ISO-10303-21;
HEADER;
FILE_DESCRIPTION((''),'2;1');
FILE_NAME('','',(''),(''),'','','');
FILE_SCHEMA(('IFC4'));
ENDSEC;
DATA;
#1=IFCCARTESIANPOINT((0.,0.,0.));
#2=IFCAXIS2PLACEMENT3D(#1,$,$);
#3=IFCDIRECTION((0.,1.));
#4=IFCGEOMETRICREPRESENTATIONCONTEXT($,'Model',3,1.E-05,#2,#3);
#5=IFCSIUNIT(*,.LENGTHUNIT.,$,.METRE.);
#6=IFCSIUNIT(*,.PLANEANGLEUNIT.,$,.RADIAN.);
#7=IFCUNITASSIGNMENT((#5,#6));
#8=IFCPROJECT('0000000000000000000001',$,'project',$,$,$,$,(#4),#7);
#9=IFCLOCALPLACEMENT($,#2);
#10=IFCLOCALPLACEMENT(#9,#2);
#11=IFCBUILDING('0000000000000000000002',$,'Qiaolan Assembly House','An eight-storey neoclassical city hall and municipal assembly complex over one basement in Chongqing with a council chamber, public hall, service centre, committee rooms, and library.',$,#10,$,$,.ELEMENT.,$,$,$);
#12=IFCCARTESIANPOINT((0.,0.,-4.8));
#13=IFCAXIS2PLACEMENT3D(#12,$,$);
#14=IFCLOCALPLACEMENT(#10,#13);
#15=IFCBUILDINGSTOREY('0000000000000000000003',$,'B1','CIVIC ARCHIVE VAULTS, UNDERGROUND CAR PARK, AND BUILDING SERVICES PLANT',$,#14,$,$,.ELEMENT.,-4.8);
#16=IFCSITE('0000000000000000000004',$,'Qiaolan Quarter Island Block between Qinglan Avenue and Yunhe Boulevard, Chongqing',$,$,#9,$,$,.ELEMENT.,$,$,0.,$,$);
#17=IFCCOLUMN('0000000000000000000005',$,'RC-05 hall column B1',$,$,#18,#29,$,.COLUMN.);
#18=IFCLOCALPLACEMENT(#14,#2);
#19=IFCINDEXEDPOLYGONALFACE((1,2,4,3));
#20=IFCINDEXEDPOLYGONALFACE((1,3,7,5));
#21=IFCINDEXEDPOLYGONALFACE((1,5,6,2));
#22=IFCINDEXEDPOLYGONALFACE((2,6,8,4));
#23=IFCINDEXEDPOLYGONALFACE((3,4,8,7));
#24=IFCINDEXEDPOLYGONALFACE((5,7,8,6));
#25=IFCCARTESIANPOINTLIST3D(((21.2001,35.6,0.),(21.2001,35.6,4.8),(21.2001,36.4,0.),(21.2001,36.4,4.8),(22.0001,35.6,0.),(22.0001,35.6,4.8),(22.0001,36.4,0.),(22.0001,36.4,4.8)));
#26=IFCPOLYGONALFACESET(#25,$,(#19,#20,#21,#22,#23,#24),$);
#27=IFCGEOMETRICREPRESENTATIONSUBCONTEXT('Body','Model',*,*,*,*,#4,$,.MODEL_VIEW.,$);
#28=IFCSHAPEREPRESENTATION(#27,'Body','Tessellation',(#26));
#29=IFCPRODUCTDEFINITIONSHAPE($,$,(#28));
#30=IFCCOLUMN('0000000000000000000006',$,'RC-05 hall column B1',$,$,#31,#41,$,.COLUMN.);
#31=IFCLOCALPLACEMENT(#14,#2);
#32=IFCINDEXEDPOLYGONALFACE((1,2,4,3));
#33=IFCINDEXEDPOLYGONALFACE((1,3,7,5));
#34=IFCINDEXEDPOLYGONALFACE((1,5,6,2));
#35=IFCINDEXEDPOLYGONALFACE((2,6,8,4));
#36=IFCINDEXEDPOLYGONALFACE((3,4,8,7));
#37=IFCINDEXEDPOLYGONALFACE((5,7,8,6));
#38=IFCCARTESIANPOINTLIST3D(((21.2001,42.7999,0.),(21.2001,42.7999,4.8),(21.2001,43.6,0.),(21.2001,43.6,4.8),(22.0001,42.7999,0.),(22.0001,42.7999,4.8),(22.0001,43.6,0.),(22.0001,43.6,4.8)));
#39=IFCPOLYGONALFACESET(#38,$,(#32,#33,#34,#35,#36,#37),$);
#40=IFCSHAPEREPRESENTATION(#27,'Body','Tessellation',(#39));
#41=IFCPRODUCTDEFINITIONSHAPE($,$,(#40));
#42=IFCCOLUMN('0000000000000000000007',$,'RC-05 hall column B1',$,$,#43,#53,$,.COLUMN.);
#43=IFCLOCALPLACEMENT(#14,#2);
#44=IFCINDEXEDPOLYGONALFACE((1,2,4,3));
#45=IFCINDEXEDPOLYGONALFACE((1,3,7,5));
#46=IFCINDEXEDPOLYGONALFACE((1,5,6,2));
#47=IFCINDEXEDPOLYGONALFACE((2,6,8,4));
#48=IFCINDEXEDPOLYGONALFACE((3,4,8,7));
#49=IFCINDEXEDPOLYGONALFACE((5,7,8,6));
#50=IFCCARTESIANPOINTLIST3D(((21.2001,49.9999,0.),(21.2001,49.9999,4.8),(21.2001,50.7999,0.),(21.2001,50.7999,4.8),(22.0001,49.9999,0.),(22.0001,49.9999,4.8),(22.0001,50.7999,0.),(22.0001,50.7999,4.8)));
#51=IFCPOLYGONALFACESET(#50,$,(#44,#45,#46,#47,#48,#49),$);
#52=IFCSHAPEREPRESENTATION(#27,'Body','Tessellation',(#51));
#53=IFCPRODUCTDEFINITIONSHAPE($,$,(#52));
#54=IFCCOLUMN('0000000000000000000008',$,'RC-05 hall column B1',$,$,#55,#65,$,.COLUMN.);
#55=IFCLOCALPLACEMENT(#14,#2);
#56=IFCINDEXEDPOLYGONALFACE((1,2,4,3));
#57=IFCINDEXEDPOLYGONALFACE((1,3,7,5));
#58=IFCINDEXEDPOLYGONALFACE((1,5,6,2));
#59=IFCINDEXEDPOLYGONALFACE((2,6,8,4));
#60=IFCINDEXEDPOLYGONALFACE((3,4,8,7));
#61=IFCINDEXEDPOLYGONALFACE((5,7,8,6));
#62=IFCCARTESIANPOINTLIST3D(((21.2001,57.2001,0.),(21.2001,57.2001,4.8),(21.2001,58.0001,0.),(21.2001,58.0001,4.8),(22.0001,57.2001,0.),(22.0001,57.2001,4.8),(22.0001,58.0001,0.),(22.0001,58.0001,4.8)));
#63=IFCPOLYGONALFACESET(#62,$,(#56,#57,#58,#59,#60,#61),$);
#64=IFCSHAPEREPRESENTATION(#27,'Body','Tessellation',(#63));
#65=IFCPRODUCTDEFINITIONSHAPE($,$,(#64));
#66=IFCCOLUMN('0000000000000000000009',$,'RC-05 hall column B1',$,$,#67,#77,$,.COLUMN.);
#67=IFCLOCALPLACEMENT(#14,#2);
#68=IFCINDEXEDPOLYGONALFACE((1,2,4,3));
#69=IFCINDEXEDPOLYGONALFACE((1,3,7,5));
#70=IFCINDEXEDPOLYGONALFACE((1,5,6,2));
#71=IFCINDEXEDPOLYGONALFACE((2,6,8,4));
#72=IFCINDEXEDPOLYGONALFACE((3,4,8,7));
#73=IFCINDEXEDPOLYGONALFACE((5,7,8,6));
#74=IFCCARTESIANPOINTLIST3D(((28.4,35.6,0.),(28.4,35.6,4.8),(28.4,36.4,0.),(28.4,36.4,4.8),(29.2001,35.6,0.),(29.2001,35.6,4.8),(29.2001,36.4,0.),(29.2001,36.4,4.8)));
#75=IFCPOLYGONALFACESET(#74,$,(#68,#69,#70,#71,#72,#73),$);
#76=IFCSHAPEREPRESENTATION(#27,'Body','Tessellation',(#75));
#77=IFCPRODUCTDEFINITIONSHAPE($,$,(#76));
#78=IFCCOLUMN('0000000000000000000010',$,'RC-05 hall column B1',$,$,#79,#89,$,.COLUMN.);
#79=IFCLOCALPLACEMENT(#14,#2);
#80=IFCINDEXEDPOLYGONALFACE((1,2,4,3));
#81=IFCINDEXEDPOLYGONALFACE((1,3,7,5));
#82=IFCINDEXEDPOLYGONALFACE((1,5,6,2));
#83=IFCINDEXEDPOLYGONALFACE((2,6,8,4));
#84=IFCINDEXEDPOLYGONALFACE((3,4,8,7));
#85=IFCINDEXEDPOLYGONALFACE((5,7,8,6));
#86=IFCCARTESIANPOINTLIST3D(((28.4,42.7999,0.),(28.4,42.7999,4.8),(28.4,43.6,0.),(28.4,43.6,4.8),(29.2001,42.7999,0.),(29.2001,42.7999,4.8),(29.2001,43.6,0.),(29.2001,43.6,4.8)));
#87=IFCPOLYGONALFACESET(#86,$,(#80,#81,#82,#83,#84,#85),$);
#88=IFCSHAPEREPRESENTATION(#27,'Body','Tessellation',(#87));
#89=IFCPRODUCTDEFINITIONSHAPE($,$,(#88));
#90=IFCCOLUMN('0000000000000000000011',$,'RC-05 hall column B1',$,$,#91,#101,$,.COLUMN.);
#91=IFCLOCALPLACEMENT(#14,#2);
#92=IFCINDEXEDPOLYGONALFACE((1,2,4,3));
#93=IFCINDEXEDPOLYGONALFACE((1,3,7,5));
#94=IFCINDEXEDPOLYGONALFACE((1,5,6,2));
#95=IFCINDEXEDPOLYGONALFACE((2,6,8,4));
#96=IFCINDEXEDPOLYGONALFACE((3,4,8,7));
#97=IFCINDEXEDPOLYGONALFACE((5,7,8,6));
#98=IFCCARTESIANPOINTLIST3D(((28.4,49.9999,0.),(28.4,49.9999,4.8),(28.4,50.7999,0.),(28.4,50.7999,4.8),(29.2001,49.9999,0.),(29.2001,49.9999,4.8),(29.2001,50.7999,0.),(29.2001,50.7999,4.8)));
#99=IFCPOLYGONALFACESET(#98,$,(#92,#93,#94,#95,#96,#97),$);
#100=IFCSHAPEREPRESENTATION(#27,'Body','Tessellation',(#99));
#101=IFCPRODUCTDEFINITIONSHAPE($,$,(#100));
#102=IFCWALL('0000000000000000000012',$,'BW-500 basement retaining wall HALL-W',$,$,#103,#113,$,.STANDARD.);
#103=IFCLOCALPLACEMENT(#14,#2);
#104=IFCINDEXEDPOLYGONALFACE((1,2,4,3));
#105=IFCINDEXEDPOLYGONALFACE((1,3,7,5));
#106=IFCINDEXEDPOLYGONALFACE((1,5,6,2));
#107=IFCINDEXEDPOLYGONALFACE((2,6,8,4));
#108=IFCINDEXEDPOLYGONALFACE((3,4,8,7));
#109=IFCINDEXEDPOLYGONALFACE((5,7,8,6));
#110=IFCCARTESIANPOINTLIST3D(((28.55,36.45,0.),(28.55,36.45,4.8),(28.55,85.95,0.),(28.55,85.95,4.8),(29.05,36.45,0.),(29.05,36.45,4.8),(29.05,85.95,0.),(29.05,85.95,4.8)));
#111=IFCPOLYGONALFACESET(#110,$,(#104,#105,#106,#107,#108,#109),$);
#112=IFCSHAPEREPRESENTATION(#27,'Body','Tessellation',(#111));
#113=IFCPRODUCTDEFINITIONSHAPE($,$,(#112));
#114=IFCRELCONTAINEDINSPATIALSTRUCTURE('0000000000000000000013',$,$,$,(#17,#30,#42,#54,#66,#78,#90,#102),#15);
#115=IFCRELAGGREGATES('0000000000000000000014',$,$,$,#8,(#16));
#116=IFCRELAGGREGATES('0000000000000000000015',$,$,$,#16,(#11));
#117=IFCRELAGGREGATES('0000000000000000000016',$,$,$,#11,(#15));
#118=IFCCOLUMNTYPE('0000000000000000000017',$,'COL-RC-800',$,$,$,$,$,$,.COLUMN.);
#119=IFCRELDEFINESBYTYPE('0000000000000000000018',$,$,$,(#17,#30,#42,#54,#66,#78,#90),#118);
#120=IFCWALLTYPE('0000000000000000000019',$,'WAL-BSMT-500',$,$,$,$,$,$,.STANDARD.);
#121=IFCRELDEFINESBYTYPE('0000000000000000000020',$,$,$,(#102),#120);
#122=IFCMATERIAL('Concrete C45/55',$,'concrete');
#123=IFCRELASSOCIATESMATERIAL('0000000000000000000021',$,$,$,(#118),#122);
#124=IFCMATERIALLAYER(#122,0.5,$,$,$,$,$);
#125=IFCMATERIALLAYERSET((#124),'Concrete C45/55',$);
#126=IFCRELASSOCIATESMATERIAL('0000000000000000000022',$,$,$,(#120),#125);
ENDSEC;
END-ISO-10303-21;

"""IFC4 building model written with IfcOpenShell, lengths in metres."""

from ifc_helpers import new_model, si_unit, direction, frame, frame_2d, origin, origin_2d, place, context, subcontext, project, spatial, rectangle, extrude, material, layer, layer_set, material_profile, profile_set, type_object, element, save


model = new_model("IFC4")

# Units and contexts
model_context = context("Model", 3, precision=1e-05, world=origin(), true_north=direction((0.0, 1.0)))
body_context = subcontext(model_context, "Body", "Model", "MODEL_VIEW")
ifc_project = project(units=[si_unit("LENGTHUNIT", "METRE"), si_unit("PLANEANGLEUNIT", "RADIAN")], contexts=[model_context])

# Site, building, storey
site_placement = place(None, origin())
site = spatial("IfcSite", under=ifc_project, at=site_placement, Name="Qiaolan Quarter Island Block between Qinglan Avenue and Yunhe Boulevard, Chongqing", CompositionType="ELEMENT", RefElevation=0.0)
building_placement = place(site_placement, origin())
building = spatial("IfcBuilding", under=site, at=building_placement, Name="Qiaolan Assembly House", Description="An eight-storey neoclassical city hall and municipal assembly complex over one basement in Chongqing with a council chamber, public hall, service centre, committee rooms, and library.", CompositionType="ELEMENT")
storey_placement = place(building_placement, frame((0.0, 0.0, -4.8)))
storey = spatial("IfcBuildingStorey", under=building, at=storey_placement, Name="B1", Description="CIVIC ARCHIVE VAULTS, UNDERGROUND CAR PARK, AND BUILDING SERVICES PLANT", CompositionType="ELEMENT", Elevation=-4.8)

# Shared definitions
ifc_material_1 = material(Name="Concrete C45/55", Category="concrete")

# Columns
ifc_material_profile_1 = material_profile(ifc_material_1, rectangle(XDim=0.8, YDim=0.8, at=origin_2d()), Name="RC 800x800")
ifc_profile_set_1 = profile_set([ifc_material_profile_1], Name="Concrete C45/55")
column_type = type_object("IfcColumnType", Name="COL-RC-800", PredefinedType="COLUMN", material=ifc_profile_set_1)
for number, where, z_axis, x_axis, name in (
    (1, (21.6001, 36.0, 0.0), (0.0, 0.0, 1.0), (1.0, 0.0, 0.0), "RC-05 hall column B1"),
    (2, (21.6001, 43.2, 0.0), (0.0, 0.0, 1.0), (1.0, 0.0, 0.0), "RC-05 hall column B1"),
    (3, (21.6001, 50.3999, 0.0), (0.0, 0.0, 1.0), (1.0, 0.0, 0.0), "RC-05 hall column B1"),
    (4, (21.6001, 57.6001, 0.0), (0.0, 0.0, 1.0), (1.0, 0.0, 0.0), "RC-05 hall column B1"),
    (5, (28.8, 36.0, 0.0), (0.0, 0.0, 1.0), (1.0, 0.0, 0.0), "RC-05 hall column B1"),
    (6, (28.8, 43.2, 0.0), (0.0, 0.0, 1.0), (1.0, 0.0, 0.0), "RC-05 hall column B1"),
    (7, (28.8, 50.3999, 0.0), (0.0, 0.0, 1.0), (1.0, 0.0, 0.0), "RC-05 hall column B1"),
):
    element("IfcColumn", number, at=place(storey_placement, frame(where, z_axis=z_axis, x_axis=x_axis)), inside=storey, type_object=column_type, Name=name, PredefinedType="COLUMN", context=body_context, shape_type="SweptSolid", body=[
        extrude(rectangle(XDim=0.8, YDim=0.8, at=origin_2d()), origin(), (0.0, 0.0, 1.0), 4.8),
    ])

# Wall
ifc_layer = layer(ifc_material_1, 0.5)
ifc_layer_set = layer_set([ifc_layer], Name="Concrete C45/55")
wall_type = type_object("IfcWallType", Name="WAL-BSMT-500", PredefinedType="STANDARD", material=ifc_layer_set)
wall_placement = place(storey_placement, frame((28.8, 36.45, 0.0), z_axis=(0.0, 0.0, 1.0), x_axis=(0.0, 1.0, 0.0)))
element("IfcWall", 8, at=wall_placement, inside=storey, type_object=wall_type, Name="BW-500 basement retaining wall HALL-W", PredefinedType="STANDARD", context=body_context, shape_type="SweptSolid", body=[
    extrude(rectangle(XDim=49.5, YDim=0.5, at=frame_2d((24.75, 0.0))), origin(), (0.0, 0.0, 1.0), 4.8),
])

save(model, "model.ifc")
